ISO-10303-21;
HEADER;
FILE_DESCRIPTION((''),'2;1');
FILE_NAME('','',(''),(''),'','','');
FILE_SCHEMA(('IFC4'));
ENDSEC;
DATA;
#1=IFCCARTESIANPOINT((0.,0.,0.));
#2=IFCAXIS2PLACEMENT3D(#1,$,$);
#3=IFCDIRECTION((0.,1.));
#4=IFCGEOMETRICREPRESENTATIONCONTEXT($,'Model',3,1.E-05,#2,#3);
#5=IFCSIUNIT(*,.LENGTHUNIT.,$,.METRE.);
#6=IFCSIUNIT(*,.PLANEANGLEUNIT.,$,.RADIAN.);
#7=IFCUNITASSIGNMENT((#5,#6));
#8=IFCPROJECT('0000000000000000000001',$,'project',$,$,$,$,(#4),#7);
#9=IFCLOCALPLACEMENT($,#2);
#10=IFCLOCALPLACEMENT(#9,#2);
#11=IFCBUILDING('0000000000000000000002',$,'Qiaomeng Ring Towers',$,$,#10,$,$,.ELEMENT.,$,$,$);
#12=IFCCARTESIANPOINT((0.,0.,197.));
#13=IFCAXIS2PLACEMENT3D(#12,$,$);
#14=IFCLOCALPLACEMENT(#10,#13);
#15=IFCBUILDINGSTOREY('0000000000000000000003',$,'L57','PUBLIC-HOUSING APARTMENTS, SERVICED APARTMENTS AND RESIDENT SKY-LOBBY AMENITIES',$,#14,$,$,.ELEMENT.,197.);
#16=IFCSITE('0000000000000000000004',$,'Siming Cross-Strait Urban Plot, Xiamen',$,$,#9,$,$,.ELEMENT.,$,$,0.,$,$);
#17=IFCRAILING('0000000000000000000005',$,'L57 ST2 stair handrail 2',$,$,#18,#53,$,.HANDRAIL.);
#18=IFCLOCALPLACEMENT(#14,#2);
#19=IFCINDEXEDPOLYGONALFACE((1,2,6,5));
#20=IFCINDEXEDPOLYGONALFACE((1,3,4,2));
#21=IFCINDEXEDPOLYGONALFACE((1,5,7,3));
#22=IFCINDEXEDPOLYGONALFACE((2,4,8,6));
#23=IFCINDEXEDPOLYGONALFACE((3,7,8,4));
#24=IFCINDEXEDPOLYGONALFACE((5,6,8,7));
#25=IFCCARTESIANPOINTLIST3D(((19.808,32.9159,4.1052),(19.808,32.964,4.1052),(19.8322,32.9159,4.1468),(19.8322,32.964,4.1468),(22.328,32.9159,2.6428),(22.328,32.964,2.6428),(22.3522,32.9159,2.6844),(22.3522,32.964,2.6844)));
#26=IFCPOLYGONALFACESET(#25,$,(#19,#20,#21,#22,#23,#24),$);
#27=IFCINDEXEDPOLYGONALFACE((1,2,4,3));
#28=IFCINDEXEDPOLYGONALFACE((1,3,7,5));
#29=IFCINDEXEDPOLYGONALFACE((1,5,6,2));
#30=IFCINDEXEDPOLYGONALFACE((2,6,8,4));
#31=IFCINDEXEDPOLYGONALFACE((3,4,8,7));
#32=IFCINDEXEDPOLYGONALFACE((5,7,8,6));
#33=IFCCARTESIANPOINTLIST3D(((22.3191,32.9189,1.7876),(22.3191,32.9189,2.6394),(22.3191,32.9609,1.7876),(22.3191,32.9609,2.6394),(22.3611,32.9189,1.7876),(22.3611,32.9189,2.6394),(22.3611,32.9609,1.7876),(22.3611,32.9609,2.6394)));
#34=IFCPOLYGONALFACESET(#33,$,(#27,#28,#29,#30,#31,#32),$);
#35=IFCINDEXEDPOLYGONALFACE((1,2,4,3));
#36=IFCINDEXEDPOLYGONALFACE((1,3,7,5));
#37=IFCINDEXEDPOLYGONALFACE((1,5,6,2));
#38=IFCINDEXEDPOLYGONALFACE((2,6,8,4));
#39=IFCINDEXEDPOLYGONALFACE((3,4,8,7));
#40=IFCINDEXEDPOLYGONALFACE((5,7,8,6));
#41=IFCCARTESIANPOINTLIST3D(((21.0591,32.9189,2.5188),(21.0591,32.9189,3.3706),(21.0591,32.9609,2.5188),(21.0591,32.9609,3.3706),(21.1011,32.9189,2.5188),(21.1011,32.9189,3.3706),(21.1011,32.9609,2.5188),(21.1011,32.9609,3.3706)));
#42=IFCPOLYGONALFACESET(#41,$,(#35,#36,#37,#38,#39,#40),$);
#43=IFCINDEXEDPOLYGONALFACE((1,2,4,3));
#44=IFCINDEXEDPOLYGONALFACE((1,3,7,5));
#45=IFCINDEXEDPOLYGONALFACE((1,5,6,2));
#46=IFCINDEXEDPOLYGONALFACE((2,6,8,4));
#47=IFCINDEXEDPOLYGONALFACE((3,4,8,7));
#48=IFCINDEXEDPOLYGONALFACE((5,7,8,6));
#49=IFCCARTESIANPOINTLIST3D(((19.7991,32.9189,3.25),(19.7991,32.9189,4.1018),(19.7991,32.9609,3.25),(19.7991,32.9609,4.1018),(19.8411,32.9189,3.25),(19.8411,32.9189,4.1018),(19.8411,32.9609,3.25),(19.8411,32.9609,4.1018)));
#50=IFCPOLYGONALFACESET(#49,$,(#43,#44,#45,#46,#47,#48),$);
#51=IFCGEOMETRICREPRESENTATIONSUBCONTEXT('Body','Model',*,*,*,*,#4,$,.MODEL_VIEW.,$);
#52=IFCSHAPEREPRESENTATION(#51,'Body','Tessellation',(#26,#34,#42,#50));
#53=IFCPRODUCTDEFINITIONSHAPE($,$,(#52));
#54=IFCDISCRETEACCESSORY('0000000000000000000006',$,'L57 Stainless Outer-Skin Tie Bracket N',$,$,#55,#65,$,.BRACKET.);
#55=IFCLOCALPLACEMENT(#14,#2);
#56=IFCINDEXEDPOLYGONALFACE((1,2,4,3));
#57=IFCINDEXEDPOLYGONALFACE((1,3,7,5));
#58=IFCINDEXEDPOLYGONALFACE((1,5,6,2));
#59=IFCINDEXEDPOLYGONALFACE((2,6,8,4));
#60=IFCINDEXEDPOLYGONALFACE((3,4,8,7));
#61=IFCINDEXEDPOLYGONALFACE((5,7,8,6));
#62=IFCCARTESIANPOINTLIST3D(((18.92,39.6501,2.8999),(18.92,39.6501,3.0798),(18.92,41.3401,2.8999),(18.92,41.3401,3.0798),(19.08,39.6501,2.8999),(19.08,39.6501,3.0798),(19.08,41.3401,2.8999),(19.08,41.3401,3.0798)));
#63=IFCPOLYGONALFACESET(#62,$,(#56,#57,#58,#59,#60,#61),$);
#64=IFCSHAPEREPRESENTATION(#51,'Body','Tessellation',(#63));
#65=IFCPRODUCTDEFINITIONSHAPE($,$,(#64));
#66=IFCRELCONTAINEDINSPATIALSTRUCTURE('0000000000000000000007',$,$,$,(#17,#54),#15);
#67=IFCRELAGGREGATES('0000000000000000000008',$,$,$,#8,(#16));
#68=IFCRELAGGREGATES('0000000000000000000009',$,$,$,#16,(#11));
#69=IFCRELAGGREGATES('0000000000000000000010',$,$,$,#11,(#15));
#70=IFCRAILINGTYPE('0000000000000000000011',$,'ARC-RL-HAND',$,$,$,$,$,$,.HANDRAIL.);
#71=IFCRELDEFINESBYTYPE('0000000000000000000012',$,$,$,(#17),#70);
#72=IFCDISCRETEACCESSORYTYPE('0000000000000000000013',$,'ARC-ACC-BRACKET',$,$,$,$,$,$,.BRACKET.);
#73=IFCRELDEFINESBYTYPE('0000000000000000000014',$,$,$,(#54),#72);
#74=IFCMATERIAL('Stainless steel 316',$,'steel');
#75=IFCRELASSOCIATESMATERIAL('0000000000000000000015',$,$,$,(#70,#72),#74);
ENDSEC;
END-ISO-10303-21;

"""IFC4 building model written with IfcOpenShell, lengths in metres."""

from ifc_helpers import new_model, si_unit, direction, frame, origin, origin_2d, place, context, subcontext, project, spatial, rectangle, extrude, source, transform, mapped, material, type_object, element, save


model = new_model("IFC4")

# Units and contexts
model_context = context("Model", 3, precision=1e-05, world=origin(), true_north=direction((0.0, 1.0)))
body_context = subcontext(model_context, "Body", "Model", "MODEL_VIEW")
ifc_project = project(units=[si_unit("LENGTHUNIT", "METRE"), si_unit("PLANEANGLEUNIT", "RADIAN")], contexts=[model_context])

# Site, building, storey
site_placement = place(None, origin())
site = spatial("IfcSite", under=ifc_project, at=site_placement, Name="Siming Cross-Strait Urban Plot, Xiamen", CompositionType="ELEMENT", RefElevation=0.0)
building_placement = place(site_placement, origin())
building = spatial("IfcBuilding", under=site, at=building_placement, Name="Qiaomeng Ring Towers", CompositionType="ELEMENT")
storey_placement = place(building_placement, frame((0.0, 0.0, 197.0)))
storey = spatial("IfcBuildingStorey", under=building, at=storey_placement, Name="L57", Description="PUBLIC-HOUSING APARTMENTS, SERVICED APARTMENTS AND RESIDENT SKY-LOBBY AMENITIES", CompositionType="ELEMENT", Elevation=197.0)

# Railing
ifc_material_1 = material(Name="Stainless steel 316", Category="steel")
railing_type_1 = type_object("IfcRailingType", Name="ARC-RL-HAND", PredefinedType="HANDRAIL", material=ifc_material_1)
railing_1_placement = place(storey_placement, frame((22.3401, 32.9399, 1.7876)))
element("IfcRailing", 1, at=railing_1_placement, inside=storey, type_object=railing_type_1, Name="L57 ST2 stair handrail 2", PredefinedType="HANDRAIL", context=body_context, shape_type="SweptSolid", body=[
    extrude(rectangle(XDim=0.0481, YDim=0.0481, at=origin_2d()), frame((0.0, 0.0, 0.876), z_axis=(-0.864913, 0.0, 0.501921), x_axis=(0.0, -1.0, 0.0)), (0.0, 0.0, 1.0), 2.9136),
    extrude(rectangle(XDim=0.042, YDim=0.042, at=origin_2d()), origin(), (0.0, 0.0, 1.0), 0.8518),
    extrude(rectangle(XDim=0.042, YDim=0.042, at=origin_2d()), frame((-1.26, 0.0, 0.7312)), (0.0, 0.0, 1.0), 0.8518),
    extrude(rectangle(XDim=0.042, YDim=0.042, at=origin_2d()), frame((-2.52, 0.0, 1.4624)), (0.0, 0.0, 1.0), 0.8518),
])

# Discrete accessory
discrete_accessory_type = type_object("IfcDiscreteAccessoryType", Name="ARC-ACC-BRACKET", PredefinedType="BRACKET", material=ifc_material_1)
shared_shape_1 = source(origin(), body_context, "Body", "SweptSolid", [
    extrude(rectangle(XDim=0.1599, YDim=1.6899, at=origin_2d()), origin(), (0.0, 0.0, 1.0), 0.1799),
])
discrete_accessory_placement = place(storey_placement, frame((19.0, 40.4951, 2.8999), z_axis=(0.0, 0.0, 1.0), x_axis=(1.0, 0.0, 0.0)))
element("IfcDiscreteAccessory", 2, at=discrete_accessory_placement, inside=storey, type_object=discrete_accessory_type, Name="L57 Stainless Outer-Skin Tie Bracket N", PredefinedType="BRACKET", context=body_context, shape_type="MappedRepresentation", body=[
    mapped(shared_shape_1, transform((0.0, 0.0, 0.0), x_axis=(1.0, 0.0, 0.0), y_axis=(0.0, 1.0, 0.0), z_axis=(0.0, 0.0, 1.0), scale=1.0)),
])

save(model, "model.ifc")
